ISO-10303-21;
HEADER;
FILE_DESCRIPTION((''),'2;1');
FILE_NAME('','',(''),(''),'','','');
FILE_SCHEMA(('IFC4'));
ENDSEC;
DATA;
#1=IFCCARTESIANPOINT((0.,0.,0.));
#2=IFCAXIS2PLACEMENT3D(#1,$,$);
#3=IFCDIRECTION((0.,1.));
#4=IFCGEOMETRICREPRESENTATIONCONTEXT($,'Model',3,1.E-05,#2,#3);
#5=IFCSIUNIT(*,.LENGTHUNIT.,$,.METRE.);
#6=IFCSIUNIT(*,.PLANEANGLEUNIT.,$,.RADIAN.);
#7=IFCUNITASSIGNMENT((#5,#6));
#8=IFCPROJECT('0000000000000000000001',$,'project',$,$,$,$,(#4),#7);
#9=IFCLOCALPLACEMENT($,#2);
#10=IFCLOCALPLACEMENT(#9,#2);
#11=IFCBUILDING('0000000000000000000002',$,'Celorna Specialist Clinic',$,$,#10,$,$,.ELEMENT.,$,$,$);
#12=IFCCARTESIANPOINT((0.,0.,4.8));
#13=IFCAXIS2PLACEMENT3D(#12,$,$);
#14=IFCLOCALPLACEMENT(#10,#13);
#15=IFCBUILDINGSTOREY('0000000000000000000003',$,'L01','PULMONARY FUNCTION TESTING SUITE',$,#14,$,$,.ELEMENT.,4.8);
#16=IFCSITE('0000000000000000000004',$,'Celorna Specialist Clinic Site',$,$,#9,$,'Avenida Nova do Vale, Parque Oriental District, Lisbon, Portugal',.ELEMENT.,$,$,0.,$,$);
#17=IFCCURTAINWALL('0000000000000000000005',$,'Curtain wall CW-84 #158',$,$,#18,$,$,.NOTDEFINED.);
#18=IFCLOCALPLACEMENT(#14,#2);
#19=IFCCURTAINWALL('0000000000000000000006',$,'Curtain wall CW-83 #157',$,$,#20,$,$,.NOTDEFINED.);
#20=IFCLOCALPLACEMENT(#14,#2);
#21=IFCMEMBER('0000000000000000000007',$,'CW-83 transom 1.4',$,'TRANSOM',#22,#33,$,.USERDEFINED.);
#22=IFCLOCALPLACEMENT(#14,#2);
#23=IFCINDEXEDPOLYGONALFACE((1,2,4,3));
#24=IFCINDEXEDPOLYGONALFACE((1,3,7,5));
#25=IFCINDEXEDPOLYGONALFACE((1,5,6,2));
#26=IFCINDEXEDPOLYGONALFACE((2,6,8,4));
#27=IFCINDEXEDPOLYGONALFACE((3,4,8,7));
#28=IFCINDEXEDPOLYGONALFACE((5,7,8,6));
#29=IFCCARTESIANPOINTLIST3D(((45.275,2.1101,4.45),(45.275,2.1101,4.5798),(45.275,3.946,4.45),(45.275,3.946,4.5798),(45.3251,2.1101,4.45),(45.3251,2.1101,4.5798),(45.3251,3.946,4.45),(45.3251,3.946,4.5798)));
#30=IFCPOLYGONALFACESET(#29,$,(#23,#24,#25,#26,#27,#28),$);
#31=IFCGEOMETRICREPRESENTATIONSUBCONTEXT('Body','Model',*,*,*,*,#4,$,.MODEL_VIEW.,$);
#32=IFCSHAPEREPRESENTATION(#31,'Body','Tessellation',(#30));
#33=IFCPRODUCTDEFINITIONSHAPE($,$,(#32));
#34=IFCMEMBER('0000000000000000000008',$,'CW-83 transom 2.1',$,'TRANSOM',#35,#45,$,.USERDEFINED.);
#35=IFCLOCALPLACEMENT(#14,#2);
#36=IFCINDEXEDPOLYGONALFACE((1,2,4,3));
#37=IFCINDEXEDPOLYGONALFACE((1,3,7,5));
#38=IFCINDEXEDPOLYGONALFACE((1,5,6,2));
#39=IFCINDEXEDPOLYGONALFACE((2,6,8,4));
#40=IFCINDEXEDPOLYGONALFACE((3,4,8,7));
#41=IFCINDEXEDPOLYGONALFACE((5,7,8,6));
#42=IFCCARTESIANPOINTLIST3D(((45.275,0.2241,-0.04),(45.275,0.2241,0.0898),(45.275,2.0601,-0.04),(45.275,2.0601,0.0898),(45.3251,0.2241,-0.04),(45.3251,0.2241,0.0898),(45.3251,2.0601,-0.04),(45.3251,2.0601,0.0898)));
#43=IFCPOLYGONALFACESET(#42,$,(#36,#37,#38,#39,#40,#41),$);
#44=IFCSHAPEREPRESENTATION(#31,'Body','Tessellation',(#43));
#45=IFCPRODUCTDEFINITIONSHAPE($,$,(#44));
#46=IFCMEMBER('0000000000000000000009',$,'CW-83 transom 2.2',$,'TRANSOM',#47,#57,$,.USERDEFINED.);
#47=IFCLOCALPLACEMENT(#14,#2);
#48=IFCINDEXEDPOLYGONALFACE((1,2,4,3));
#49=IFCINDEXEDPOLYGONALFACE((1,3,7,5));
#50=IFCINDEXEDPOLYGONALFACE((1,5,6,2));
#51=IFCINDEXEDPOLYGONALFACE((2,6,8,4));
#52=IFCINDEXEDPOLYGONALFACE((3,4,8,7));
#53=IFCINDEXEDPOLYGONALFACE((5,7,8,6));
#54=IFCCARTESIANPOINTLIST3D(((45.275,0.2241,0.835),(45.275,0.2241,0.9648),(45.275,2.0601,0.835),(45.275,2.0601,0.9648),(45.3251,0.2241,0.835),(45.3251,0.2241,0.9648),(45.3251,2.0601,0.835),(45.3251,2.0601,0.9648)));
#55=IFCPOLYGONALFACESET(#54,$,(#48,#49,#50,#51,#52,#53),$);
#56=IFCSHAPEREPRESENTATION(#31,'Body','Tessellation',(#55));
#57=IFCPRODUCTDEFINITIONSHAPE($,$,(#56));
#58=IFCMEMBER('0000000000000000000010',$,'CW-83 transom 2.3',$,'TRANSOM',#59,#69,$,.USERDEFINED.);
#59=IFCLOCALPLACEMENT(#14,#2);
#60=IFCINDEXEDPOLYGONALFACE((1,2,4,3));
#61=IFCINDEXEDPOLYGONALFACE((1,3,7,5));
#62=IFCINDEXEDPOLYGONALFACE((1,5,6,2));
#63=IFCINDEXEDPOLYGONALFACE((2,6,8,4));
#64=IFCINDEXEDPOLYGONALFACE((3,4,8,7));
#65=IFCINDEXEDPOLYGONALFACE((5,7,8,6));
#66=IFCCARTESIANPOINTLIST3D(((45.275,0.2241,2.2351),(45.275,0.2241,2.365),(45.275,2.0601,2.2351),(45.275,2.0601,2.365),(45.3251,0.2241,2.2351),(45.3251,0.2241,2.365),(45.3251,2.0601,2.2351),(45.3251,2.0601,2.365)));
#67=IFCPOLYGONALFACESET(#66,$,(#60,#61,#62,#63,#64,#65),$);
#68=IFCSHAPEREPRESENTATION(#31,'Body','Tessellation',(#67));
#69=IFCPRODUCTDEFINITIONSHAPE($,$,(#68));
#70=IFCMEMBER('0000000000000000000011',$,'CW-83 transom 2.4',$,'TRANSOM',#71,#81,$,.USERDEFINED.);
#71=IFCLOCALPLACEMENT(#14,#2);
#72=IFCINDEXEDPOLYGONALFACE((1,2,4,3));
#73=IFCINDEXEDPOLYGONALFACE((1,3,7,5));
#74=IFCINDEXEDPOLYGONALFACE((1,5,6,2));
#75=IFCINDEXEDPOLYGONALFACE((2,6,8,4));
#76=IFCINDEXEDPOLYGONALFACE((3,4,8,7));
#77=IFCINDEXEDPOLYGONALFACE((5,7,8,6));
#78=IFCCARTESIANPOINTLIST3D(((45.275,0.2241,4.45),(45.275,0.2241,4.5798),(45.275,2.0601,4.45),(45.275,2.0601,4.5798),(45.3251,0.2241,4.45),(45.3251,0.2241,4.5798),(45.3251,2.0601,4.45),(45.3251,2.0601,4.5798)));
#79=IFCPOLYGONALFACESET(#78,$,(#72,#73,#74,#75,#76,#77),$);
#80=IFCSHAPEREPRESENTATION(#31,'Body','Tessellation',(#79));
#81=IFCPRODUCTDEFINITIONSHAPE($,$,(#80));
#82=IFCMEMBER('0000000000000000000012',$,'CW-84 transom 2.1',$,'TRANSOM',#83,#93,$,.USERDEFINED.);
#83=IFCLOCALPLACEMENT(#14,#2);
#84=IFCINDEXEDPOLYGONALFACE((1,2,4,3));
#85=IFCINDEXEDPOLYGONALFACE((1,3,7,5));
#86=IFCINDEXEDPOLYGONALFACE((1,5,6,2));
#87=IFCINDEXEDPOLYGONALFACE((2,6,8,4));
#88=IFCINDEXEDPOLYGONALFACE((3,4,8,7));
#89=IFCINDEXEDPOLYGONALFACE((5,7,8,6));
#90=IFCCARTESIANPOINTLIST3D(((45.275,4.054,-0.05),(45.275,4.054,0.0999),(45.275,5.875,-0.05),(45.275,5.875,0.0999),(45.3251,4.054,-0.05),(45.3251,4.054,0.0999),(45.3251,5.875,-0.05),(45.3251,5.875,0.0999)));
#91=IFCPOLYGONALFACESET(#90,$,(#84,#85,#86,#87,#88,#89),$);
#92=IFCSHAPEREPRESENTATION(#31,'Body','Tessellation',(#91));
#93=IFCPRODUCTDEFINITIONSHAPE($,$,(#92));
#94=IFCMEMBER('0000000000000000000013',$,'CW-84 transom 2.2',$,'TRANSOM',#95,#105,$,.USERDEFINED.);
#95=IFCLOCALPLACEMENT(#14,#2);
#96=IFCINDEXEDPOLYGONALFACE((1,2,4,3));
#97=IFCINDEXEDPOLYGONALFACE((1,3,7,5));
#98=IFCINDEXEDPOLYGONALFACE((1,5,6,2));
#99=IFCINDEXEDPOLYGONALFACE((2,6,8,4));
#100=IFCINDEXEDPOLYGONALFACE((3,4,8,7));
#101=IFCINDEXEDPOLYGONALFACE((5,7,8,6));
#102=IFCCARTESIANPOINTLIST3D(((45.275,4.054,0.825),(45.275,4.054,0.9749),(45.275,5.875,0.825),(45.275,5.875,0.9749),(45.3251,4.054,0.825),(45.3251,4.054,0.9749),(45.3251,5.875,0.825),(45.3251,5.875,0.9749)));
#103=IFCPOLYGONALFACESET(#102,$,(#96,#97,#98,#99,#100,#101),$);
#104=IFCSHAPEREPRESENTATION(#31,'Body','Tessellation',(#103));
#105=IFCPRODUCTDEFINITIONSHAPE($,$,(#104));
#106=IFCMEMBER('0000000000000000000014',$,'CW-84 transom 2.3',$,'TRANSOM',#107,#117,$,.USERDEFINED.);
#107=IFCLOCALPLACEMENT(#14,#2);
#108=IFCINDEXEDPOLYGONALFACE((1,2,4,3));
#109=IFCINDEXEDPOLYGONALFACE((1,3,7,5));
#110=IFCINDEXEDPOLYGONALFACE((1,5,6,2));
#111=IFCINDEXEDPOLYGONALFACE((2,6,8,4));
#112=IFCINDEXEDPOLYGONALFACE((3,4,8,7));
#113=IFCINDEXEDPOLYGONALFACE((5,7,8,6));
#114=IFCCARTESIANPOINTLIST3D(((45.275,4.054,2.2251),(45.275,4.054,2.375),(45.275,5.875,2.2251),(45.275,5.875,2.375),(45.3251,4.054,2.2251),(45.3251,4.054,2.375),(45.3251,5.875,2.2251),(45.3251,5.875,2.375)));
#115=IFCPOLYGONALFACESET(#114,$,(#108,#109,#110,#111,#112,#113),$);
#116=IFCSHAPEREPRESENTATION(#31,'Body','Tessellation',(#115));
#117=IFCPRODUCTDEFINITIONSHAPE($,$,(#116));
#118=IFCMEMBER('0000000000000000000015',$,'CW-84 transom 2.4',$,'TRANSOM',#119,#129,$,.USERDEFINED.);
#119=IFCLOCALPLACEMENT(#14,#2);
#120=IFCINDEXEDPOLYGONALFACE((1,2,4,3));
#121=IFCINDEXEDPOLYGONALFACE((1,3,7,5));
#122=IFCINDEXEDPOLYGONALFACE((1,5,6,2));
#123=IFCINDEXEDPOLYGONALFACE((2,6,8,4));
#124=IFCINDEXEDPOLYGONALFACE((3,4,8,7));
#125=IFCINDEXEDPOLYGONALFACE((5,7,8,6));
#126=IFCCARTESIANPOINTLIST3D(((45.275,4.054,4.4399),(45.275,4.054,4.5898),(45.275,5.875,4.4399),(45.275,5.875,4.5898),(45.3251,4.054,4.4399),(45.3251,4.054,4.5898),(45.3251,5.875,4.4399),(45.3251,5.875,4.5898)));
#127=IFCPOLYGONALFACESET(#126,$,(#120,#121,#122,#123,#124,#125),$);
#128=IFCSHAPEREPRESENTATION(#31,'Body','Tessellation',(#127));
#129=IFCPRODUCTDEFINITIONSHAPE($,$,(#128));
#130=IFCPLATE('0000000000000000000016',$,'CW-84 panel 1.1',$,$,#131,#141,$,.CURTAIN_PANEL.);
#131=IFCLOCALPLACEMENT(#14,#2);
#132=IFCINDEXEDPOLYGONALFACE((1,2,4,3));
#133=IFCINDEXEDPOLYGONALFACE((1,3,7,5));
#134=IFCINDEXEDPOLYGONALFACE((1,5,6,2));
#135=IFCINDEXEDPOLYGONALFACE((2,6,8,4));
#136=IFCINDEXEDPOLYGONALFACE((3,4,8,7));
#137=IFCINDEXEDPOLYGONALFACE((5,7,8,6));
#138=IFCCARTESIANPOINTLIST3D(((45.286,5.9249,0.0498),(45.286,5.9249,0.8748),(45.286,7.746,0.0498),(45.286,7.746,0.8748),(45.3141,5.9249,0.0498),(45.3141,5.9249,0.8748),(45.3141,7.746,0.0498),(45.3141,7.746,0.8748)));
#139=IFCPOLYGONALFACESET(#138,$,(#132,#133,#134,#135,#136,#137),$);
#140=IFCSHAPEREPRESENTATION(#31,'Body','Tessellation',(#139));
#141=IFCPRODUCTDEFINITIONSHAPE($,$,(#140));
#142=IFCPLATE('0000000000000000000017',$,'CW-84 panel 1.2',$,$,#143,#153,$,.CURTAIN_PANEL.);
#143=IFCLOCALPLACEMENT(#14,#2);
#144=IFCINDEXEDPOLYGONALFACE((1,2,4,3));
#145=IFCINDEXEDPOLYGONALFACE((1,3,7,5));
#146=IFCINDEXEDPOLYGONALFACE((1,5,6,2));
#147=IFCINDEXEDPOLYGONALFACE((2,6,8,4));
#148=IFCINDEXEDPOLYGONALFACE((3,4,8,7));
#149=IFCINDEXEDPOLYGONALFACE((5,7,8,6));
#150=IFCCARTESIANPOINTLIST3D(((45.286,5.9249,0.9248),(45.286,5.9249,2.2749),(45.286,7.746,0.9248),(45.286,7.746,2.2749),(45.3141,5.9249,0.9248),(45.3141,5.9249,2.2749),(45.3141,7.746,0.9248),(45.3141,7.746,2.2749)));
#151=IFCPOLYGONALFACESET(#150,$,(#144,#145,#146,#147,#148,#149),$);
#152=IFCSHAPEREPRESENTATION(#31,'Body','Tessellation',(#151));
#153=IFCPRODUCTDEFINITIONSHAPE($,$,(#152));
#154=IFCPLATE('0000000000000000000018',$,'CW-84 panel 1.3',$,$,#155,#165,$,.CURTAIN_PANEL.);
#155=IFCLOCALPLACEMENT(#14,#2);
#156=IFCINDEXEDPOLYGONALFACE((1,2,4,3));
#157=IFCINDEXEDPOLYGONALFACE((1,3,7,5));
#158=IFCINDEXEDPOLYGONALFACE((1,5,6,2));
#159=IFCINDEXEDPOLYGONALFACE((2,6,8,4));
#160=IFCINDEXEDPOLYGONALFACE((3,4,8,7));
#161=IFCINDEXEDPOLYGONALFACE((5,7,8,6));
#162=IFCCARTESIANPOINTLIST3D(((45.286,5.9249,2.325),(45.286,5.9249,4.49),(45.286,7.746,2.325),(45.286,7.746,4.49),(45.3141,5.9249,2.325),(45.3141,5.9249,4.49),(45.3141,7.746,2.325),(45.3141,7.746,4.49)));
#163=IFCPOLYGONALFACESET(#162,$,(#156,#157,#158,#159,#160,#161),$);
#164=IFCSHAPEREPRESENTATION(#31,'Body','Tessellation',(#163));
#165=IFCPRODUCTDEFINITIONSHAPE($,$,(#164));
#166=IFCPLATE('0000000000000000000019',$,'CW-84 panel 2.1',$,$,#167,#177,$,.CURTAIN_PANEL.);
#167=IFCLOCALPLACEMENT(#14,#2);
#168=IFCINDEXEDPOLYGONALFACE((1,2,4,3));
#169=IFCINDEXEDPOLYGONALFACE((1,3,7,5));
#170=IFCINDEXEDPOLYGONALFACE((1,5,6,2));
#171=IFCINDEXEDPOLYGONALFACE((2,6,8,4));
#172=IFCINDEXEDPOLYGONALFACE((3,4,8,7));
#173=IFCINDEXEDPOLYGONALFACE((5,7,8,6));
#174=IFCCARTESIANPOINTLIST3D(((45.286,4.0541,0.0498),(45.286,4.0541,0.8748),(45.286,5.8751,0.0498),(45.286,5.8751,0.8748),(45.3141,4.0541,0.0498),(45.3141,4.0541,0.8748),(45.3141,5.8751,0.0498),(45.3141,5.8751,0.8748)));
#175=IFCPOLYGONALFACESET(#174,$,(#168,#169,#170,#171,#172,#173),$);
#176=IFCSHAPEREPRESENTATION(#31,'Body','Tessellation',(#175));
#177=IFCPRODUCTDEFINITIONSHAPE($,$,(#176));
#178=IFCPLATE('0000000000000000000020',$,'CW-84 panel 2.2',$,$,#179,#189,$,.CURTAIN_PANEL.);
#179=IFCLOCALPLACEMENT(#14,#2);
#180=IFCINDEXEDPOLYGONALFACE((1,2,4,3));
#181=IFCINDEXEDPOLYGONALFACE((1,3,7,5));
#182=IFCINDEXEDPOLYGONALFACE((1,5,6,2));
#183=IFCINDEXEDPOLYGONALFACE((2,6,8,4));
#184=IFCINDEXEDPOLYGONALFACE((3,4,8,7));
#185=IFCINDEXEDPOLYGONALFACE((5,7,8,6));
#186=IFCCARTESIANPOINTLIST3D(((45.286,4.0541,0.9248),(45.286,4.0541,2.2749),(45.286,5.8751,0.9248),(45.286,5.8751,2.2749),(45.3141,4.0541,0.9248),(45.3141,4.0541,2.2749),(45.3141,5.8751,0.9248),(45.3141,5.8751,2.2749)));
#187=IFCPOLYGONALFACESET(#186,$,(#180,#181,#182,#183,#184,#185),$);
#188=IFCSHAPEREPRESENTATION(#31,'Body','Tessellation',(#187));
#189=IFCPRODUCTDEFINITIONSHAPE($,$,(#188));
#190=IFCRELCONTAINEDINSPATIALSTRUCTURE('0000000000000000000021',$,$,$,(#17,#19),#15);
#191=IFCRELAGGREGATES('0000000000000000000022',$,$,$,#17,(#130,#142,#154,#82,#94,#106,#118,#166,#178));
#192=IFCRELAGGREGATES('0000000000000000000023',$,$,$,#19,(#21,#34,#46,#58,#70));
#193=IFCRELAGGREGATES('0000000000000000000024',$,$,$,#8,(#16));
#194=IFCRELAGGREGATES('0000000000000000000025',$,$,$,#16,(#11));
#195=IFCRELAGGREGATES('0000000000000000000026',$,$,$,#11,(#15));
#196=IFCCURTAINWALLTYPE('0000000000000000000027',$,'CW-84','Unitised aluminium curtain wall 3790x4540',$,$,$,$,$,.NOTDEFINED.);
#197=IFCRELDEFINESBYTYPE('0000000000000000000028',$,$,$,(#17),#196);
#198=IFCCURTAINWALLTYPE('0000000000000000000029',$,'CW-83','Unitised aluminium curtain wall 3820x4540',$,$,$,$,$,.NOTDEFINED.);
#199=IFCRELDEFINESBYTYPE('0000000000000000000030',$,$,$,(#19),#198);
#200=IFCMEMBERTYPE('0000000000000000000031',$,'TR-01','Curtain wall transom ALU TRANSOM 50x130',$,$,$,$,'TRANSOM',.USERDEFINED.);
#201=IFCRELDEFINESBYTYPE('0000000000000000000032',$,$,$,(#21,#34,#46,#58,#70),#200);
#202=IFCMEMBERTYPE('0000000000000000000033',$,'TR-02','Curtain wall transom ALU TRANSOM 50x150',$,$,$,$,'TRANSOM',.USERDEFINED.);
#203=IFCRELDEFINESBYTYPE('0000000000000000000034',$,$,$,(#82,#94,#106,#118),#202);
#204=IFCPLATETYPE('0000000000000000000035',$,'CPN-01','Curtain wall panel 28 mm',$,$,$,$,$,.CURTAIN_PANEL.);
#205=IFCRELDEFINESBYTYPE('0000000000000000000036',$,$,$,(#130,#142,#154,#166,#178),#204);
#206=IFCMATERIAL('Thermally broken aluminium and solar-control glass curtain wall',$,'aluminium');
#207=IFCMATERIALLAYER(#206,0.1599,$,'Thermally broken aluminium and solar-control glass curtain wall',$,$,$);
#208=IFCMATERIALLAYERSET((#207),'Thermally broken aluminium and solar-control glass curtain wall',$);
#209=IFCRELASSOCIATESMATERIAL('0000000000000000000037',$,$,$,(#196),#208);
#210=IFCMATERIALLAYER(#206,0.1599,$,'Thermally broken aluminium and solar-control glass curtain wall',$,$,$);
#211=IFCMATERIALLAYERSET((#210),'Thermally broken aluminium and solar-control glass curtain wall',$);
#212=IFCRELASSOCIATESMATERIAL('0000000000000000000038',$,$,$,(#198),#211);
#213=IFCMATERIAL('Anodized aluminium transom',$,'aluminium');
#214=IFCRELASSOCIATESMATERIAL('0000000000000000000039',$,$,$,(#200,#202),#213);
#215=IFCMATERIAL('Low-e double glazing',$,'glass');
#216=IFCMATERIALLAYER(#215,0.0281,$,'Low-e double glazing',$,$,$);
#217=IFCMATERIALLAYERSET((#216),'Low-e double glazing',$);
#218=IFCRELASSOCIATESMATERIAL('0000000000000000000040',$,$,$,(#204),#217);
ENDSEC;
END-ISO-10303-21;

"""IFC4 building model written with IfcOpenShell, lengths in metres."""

from ifc_helpers import new_model, si_unit, direction, frame, origin, origin_2d, place, context, subcontext, project, spatial, rectangle, extrude, material, layer, layer_set, material_profile, profile_set, type_object, element, aggregate, save


model = new_model("IFC4")

# Units and contexts
model_context = context("Model", 3, precision=1e-05, world=origin(), true_north=direction((0.0, 1.0)))
body_context = subcontext(model_context, "Body", "Model", "MODEL_VIEW")
ifc_project = project(units=[si_unit("LENGTHUNIT", "METRE"), si_unit("PLANEANGLEUNIT", "RADIAN")], contexts=[model_context])

# Site, building, storey
site_placement = place(None, origin())
site = spatial("IfcSite", under=ifc_project, at=site_placement, Name="Celorna Specialist Clinic Site", LongName="Avenida Nova do Vale, Parque Oriental District, Lisbon, Portugal", CompositionType="ELEMENT", RefElevation=0.0)
building_placement = place(site_placement, origin())
building = spatial("IfcBuilding", under=site, at=building_placement, Name="Celorna Specialist Clinic", CompositionType="ELEMENT")
storey_placement = place(building_placement, frame((0.0, 0.0, 4.8)))
storey = spatial("IfcBuildingStorey", under=building, at=storey_placement, Name="L01", Description="PULMONARY FUNCTION TESTING SUITE", CompositionType="ELEMENT", Elevation=4.8)

# Curtain walls, members
ifc_material_1 = material(Name="Thermally broken aluminium and solar-control glass curtain wall", Category="aluminium")
ifc_layer_1 = layer(ifc_material_1, 0.1599, Name="Thermally broken aluminium and solar-control glass curtain wall")
ifc_layer_set_1 = layer_set([ifc_layer_1], Name="Thermally broken aluminium and solar-control glass curtain wall")
curtain_wall_type_1 = type_object("IfcCurtainWallType", Name="CW-84", Description="Unitised aluminium curtain wall 3790x4540", PredefinedType="NOTDEFINED", material=ifc_layer_set_1)
curtain_wall_1_placement = place(storey_placement, origin())
curtain_wall_1 = element("IfcCurtainWall", 1, at=curtain_wall_1_placement, inside=storey, type_object=curtain_wall_type_1, Name="Curtain wall CW-84 #158", PredefinedType="NOTDEFINED")
ifc_layer_2 = layer(ifc_material_1, 0.1599, Name="Thermally broken aluminium and solar-control glass curtain wall")
ifc_layer_set_2 = layer_set([ifc_layer_2], Name="Thermally broken aluminium and solar-control glass curtain wall")
curtain_wall_type_2 = type_object("IfcCurtainWallType", Name="CW-83", Description="Unitised aluminium curtain wall 3820x4540", PredefinedType="NOTDEFINED", material=ifc_layer_set_2)
curtain_wall_2_placement = place(storey_placement, origin())
curtain_wall_2 = element("IfcCurtainWall", 2, at=curtain_wall_2_placement, inside=storey, type_object=curtain_wall_type_2, Name="Curtain wall CW-83 #157", PredefinedType="NOTDEFINED")
ifc_material_2 = material(Name="Anodized aluminium transom", Category="aluminium")
ifc_material_profile_1 = material_profile(ifc_material_2, rectangle(XDim=0.05, YDim=0.1299, at=origin_2d()), Name="ALU TRANSOM 50x130")
ifc_profile_set_1 = profile_set([ifc_material_profile_1], Name="Anodized aluminium transom")
member_type_1 = type_object("IfcMemberType", Name="TR-01", Description="Curtain wall transom ALU TRANSOM 50x130", ElementType="TRANSOM", PredefinedType="USERDEFINED", material=ifc_profile_set_1)
member_1_placement = place(storey_placement, frame((45.3, 3.946, 4.5149), z_axis=(0.0, -1.0, 0.0), x_axis=(1.0, 0.0, 0.0)))
member_1 = element("IfcMember", 3, at=member_1_placement, type_object=member_type_1, Name="CW-83 transom 1.4", ObjectType="TRANSOM", PredefinedType="USERDEFINED", context=body_context, shape_type="SweptSolid", body=[
    extrude(rectangle(XDim=0.05, YDim=0.1299, at=origin_2d()), origin(), (0.0, 0.0, 1.0), 1.8359),
])
member_2_placement = place(storey_placement, frame((45.3, 2.0601, 0.0249), z_axis=(0.0, -1.0, 0.0), x_axis=(1.0, 0.0, 0.0)))
member_2 = element("IfcMember", 4, at=member_2_placement, type_object=member_type_1, Name="CW-83 transom 2.1", ObjectType="TRANSOM", PredefinedType="USERDEFINED", context=body_context, shape_type="SweptSolid", body=[
    extrude(rectangle(XDim=0.05, YDim=0.1299, at=origin_2d()), origin(), (0.0, 0.0, 1.0), 1.8359),
])
member_3_placement = place(storey_placement, frame((45.3, 2.0601, 0.8999), z_axis=(0.0, -1.0, 0.0), x_axis=(1.0, 0.0, 0.0)))
member_3 = element("IfcMember", 5, at=member_3_placement, type_object=member_type_1, Name="CW-83 transom 2.2", ObjectType="TRANSOM", PredefinedType="USERDEFINED", context=body_context, shape_type="SweptSolid", body=[
    extrude(rectangle(XDim=0.05, YDim=0.1299, at=origin_2d()), origin(), (0.0, 0.0, 1.0), 1.8359),
])
member_4_placement = place(storey_placement, frame((45.3, 2.0601, 2.3), z_axis=(0.0, -1.0, 0.0), x_axis=(1.0, 0.0, 0.0)))
member_4 = element("IfcMember", 6, at=member_4_placement, type_object=member_type_1, Name="CW-83 transom 2.3", ObjectType="TRANSOM", PredefinedType="USERDEFINED", context=body_context, shape_type="SweptSolid", body=[
    extrude(rectangle(XDim=0.05, YDim=0.1299, at=origin_2d()), origin(), (0.0, 0.0, 1.0), 1.8359),
])
member_5_placement = place(storey_placement, frame((45.3, 2.0601, 4.5149), z_axis=(0.0, -1.0, 0.0), x_axis=(1.0, 0.0, 0.0)))
member_5 = element("IfcMember", 7, at=member_5_placement, type_object=member_type_1, Name="CW-83 transom 2.4", ObjectType="TRANSOM", PredefinedType="USERDEFINED", context=body_context, shape_type="SweptSolid", body=[
    extrude(rectangle(XDim=0.05, YDim=0.1299, at=origin_2d()), origin(), (0.0, 0.0, 1.0), 1.8359),
])

# Members
ifc_material_profile_2 = material_profile(ifc_material_2, rectangle(XDim=0.05, YDim=0.1499, at=origin_2d()), Name="ALU TRANSOM 50x150")
ifc_profile_set_2 = profile_set([ifc_material_profile_2], Name="Anodized aluminium transom")
member_type_2 = type_object("IfcMemberType", Name="TR-02", Description="Curtain wall transom ALU TRANSOM 50x150", ElementType="TRANSOM", PredefinedType="USERDEFINED", material=ifc_profile_set_2)
member_6_placement = place(storey_placement, frame((45.3, 5.875, 0.0249), z_axis=(0.0, -1.0, 0.0), x_axis=(1.0, 0.0, 0.0)))
member_6 = element("IfcMember", 8, at=member_6_placement, type_object=member_type_2, Name="CW-84 transom 2.1", ObjectType="TRANSOM", PredefinedType="USERDEFINED", context=body_context, shape_type="SweptSolid", body=[
    extrude(rectangle(XDim=0.05, YDim=0.1499, at=origin_2d()), origin(), (0.0, 0.0, 1.0), 1.821),
])
member_7_placement = place(storey_placement, frame((45.3, 5.875, 0.8999), z_axis=(0.0, -1.0, 0.0), x_axis=(1.0, 0.0, 0.0)))
member_7 = element("IfcMember", 9, at=member_7_placement, type_object=member_type_2, Name="CW-84 transom 2.2", ObjectType="TRANSOM", PredefinedType="USERDEFINED", context=body_context, shape_type="SweptSolid", body=[
    extrude(rectangle(XDim=0.05, YDim=0.1499, at=origin_2d()), origin(), (0.0, 0.0, 1.0), 1.821),
])
member_8_placement = place(storey_placement, frame((45.3, 5.875, 2.3), z_axis=(0.0, -1.0, 0.0), x_axis=(1.0, 0.0, 0.0)))
member_8 = element("IfcMember", 10, at=member_8_placement, type_object=member_type_2, Name="CW-84 transom 2.3", ObjectType="TRANSOM", PredefinedType="USERDEFINED", context=body_context, shape_type="SweptSolid", body=[
    extrude(rectangle(XDim=0.05, YDim=0.1499, at=origin_2d()), origin(), (0.0, 0.0, 1.0), 1.821),
])
member_9_placement = place(storey_placement, frame((45.3, 5.875, 4.5149), z_axis=(0.0, -1.0, 0.0), x_axis=(1.0, 0.0, 0.0)))
member_9 = element("IfcMember", 11, at=member_9_placement, type_object=member_type_2, Name="CW-84 transom 2.4", ObjectType="TRANSOM", PredefinedType="USERDEFINED", context=body_context, shape_type="SweptSolid", body=[
    extrude(rectangle(XDim=0.05, YDim=0.1499, at=origin_2d()), origin(), (0.0, 0.0, 1.0), 1.821),
])

# Plates
ifc_material_3 = material(Name="Low-e double glazing", Category="glass")
ifc_layer_3 = layer(ifc_material_3, 0.0281, Name="Low-e double glazing")
ifc_layer_set_3 = layer_set([ifc_layer_3], Name="Low-e double glazing")
plate_type_1 = type_object("IfcPlateType", Name="CPN-01", Description="Curtain wall panel 28 mm", PredefinedType="CURTAIN_PANEL", material=ifc_layer_set_3)
plate_1_placement = place(storey_placement, frame((45.3, 6.8354, 0.0498), z_axis=(0.0, 0.0, 1.0), x_axis=(0.0, -1.0, 0.0)))
plate_1 = element("IfcPlate", 12, at=plate_1_placement, type_object=plate_type_1, Name="CW-84 panel 1.1", PredefinedType="CURTAIN_PANEL", context=body_context, shape_type="SweptSolid", body=[
    extrude(rectangle(XDim=1.821, YDim=0.0281, at=origin_2d()), origin(), (0.0, 0.0, 1.0), 0.825),
])
plate_2_placement = place(storey_placement, frame((45.3, 6.8354, 0.9248), z_axis=(0.0, 0.0, 1.0), x_axis=(0.0, -1.0, 0.0)))
plate_2 = element("IfcPlate", 13, at=plate_2_placement, type_object=plate_type_1, Name="CW-84 panel 1.2", PredefinedType="CURTAIN_PANEL", context=body_context, shape_type="SweptSolid", body=[
    extrude(rectangle(XDim=1.821, YDim=0.0281, at=origin_2d()), origin(), (0.0, 0.0, 1.0), 1.3501),
])
plate_3_placement = place(storey_placement, frame((45.3, 6.8354, 2.325), z_axis=(0.0, 0.0, 1.0), x_axis=(0.0, -1.0, 0.0)))
plate_3 = element("IfcPlate", 14, at=plate_3_placement, type_object=plate_type_1, Name="CW-84 panel 1.3", PredefinedType="CURTAIN_PANEL", context=body_context, shape_type="SweptSolid", body=[
    extrude(rectangle(XDim=1.821, YDim=0.0281, at=origin_2d()), origin(), (0.0, 0.0, 1.0), 2.165),
])
plate_4_placement = place(storey_placement, frame((45.3, 4.9646, 0.0498), z_axis=(0.0, 0.0, 1.0), x_axis=(0.0, -1.0, 0.0)))
plate_4 = element("IfcPlate", 15, at=plate_4_placement, type_object=plate_type_1, Name="CW-84 panel 2.1", PredefinedType="CURTAIN_PANEL", context=body_context, shape_type="SweptSolid", body=[
    extrude(rectangle(XDim=1.821, YDim=0.0281, at=origin_2d()), origin(), (0.0, 0.0, 1.0), 0.825),
])
plate_5_placement = place(storey_placement, frame((45.3, 4.9646, 0.9248), z_axis=(0.0, 0.0, 1.0), x_axis=(0.0, -1.0, 0.0)))
plate_5 = element("IfcPlate", 16, at=plate_5_placement, type_object=plate_type_1, Name="CW-84 panel 2.2", PredefinedType="CURTAIN_PANEL", context=body_context, shape_type="SweptSolid", body=[
    extrude(rectangle(XDim=1.821, YDim=0.0281, at=origin_2d()), origin(), (0.0, 0.0, 1.0), 1.3501),
])
aggregate(curtain_wall_1, [plate_1, plate_2, plate_3, member_6, member_7, member_8, member_9, plate_4, plate_5])
aggregate(curtain_wall_2, [member_1, member_2, member_3, member_4, member_5])

save(model, "model.ifc")
